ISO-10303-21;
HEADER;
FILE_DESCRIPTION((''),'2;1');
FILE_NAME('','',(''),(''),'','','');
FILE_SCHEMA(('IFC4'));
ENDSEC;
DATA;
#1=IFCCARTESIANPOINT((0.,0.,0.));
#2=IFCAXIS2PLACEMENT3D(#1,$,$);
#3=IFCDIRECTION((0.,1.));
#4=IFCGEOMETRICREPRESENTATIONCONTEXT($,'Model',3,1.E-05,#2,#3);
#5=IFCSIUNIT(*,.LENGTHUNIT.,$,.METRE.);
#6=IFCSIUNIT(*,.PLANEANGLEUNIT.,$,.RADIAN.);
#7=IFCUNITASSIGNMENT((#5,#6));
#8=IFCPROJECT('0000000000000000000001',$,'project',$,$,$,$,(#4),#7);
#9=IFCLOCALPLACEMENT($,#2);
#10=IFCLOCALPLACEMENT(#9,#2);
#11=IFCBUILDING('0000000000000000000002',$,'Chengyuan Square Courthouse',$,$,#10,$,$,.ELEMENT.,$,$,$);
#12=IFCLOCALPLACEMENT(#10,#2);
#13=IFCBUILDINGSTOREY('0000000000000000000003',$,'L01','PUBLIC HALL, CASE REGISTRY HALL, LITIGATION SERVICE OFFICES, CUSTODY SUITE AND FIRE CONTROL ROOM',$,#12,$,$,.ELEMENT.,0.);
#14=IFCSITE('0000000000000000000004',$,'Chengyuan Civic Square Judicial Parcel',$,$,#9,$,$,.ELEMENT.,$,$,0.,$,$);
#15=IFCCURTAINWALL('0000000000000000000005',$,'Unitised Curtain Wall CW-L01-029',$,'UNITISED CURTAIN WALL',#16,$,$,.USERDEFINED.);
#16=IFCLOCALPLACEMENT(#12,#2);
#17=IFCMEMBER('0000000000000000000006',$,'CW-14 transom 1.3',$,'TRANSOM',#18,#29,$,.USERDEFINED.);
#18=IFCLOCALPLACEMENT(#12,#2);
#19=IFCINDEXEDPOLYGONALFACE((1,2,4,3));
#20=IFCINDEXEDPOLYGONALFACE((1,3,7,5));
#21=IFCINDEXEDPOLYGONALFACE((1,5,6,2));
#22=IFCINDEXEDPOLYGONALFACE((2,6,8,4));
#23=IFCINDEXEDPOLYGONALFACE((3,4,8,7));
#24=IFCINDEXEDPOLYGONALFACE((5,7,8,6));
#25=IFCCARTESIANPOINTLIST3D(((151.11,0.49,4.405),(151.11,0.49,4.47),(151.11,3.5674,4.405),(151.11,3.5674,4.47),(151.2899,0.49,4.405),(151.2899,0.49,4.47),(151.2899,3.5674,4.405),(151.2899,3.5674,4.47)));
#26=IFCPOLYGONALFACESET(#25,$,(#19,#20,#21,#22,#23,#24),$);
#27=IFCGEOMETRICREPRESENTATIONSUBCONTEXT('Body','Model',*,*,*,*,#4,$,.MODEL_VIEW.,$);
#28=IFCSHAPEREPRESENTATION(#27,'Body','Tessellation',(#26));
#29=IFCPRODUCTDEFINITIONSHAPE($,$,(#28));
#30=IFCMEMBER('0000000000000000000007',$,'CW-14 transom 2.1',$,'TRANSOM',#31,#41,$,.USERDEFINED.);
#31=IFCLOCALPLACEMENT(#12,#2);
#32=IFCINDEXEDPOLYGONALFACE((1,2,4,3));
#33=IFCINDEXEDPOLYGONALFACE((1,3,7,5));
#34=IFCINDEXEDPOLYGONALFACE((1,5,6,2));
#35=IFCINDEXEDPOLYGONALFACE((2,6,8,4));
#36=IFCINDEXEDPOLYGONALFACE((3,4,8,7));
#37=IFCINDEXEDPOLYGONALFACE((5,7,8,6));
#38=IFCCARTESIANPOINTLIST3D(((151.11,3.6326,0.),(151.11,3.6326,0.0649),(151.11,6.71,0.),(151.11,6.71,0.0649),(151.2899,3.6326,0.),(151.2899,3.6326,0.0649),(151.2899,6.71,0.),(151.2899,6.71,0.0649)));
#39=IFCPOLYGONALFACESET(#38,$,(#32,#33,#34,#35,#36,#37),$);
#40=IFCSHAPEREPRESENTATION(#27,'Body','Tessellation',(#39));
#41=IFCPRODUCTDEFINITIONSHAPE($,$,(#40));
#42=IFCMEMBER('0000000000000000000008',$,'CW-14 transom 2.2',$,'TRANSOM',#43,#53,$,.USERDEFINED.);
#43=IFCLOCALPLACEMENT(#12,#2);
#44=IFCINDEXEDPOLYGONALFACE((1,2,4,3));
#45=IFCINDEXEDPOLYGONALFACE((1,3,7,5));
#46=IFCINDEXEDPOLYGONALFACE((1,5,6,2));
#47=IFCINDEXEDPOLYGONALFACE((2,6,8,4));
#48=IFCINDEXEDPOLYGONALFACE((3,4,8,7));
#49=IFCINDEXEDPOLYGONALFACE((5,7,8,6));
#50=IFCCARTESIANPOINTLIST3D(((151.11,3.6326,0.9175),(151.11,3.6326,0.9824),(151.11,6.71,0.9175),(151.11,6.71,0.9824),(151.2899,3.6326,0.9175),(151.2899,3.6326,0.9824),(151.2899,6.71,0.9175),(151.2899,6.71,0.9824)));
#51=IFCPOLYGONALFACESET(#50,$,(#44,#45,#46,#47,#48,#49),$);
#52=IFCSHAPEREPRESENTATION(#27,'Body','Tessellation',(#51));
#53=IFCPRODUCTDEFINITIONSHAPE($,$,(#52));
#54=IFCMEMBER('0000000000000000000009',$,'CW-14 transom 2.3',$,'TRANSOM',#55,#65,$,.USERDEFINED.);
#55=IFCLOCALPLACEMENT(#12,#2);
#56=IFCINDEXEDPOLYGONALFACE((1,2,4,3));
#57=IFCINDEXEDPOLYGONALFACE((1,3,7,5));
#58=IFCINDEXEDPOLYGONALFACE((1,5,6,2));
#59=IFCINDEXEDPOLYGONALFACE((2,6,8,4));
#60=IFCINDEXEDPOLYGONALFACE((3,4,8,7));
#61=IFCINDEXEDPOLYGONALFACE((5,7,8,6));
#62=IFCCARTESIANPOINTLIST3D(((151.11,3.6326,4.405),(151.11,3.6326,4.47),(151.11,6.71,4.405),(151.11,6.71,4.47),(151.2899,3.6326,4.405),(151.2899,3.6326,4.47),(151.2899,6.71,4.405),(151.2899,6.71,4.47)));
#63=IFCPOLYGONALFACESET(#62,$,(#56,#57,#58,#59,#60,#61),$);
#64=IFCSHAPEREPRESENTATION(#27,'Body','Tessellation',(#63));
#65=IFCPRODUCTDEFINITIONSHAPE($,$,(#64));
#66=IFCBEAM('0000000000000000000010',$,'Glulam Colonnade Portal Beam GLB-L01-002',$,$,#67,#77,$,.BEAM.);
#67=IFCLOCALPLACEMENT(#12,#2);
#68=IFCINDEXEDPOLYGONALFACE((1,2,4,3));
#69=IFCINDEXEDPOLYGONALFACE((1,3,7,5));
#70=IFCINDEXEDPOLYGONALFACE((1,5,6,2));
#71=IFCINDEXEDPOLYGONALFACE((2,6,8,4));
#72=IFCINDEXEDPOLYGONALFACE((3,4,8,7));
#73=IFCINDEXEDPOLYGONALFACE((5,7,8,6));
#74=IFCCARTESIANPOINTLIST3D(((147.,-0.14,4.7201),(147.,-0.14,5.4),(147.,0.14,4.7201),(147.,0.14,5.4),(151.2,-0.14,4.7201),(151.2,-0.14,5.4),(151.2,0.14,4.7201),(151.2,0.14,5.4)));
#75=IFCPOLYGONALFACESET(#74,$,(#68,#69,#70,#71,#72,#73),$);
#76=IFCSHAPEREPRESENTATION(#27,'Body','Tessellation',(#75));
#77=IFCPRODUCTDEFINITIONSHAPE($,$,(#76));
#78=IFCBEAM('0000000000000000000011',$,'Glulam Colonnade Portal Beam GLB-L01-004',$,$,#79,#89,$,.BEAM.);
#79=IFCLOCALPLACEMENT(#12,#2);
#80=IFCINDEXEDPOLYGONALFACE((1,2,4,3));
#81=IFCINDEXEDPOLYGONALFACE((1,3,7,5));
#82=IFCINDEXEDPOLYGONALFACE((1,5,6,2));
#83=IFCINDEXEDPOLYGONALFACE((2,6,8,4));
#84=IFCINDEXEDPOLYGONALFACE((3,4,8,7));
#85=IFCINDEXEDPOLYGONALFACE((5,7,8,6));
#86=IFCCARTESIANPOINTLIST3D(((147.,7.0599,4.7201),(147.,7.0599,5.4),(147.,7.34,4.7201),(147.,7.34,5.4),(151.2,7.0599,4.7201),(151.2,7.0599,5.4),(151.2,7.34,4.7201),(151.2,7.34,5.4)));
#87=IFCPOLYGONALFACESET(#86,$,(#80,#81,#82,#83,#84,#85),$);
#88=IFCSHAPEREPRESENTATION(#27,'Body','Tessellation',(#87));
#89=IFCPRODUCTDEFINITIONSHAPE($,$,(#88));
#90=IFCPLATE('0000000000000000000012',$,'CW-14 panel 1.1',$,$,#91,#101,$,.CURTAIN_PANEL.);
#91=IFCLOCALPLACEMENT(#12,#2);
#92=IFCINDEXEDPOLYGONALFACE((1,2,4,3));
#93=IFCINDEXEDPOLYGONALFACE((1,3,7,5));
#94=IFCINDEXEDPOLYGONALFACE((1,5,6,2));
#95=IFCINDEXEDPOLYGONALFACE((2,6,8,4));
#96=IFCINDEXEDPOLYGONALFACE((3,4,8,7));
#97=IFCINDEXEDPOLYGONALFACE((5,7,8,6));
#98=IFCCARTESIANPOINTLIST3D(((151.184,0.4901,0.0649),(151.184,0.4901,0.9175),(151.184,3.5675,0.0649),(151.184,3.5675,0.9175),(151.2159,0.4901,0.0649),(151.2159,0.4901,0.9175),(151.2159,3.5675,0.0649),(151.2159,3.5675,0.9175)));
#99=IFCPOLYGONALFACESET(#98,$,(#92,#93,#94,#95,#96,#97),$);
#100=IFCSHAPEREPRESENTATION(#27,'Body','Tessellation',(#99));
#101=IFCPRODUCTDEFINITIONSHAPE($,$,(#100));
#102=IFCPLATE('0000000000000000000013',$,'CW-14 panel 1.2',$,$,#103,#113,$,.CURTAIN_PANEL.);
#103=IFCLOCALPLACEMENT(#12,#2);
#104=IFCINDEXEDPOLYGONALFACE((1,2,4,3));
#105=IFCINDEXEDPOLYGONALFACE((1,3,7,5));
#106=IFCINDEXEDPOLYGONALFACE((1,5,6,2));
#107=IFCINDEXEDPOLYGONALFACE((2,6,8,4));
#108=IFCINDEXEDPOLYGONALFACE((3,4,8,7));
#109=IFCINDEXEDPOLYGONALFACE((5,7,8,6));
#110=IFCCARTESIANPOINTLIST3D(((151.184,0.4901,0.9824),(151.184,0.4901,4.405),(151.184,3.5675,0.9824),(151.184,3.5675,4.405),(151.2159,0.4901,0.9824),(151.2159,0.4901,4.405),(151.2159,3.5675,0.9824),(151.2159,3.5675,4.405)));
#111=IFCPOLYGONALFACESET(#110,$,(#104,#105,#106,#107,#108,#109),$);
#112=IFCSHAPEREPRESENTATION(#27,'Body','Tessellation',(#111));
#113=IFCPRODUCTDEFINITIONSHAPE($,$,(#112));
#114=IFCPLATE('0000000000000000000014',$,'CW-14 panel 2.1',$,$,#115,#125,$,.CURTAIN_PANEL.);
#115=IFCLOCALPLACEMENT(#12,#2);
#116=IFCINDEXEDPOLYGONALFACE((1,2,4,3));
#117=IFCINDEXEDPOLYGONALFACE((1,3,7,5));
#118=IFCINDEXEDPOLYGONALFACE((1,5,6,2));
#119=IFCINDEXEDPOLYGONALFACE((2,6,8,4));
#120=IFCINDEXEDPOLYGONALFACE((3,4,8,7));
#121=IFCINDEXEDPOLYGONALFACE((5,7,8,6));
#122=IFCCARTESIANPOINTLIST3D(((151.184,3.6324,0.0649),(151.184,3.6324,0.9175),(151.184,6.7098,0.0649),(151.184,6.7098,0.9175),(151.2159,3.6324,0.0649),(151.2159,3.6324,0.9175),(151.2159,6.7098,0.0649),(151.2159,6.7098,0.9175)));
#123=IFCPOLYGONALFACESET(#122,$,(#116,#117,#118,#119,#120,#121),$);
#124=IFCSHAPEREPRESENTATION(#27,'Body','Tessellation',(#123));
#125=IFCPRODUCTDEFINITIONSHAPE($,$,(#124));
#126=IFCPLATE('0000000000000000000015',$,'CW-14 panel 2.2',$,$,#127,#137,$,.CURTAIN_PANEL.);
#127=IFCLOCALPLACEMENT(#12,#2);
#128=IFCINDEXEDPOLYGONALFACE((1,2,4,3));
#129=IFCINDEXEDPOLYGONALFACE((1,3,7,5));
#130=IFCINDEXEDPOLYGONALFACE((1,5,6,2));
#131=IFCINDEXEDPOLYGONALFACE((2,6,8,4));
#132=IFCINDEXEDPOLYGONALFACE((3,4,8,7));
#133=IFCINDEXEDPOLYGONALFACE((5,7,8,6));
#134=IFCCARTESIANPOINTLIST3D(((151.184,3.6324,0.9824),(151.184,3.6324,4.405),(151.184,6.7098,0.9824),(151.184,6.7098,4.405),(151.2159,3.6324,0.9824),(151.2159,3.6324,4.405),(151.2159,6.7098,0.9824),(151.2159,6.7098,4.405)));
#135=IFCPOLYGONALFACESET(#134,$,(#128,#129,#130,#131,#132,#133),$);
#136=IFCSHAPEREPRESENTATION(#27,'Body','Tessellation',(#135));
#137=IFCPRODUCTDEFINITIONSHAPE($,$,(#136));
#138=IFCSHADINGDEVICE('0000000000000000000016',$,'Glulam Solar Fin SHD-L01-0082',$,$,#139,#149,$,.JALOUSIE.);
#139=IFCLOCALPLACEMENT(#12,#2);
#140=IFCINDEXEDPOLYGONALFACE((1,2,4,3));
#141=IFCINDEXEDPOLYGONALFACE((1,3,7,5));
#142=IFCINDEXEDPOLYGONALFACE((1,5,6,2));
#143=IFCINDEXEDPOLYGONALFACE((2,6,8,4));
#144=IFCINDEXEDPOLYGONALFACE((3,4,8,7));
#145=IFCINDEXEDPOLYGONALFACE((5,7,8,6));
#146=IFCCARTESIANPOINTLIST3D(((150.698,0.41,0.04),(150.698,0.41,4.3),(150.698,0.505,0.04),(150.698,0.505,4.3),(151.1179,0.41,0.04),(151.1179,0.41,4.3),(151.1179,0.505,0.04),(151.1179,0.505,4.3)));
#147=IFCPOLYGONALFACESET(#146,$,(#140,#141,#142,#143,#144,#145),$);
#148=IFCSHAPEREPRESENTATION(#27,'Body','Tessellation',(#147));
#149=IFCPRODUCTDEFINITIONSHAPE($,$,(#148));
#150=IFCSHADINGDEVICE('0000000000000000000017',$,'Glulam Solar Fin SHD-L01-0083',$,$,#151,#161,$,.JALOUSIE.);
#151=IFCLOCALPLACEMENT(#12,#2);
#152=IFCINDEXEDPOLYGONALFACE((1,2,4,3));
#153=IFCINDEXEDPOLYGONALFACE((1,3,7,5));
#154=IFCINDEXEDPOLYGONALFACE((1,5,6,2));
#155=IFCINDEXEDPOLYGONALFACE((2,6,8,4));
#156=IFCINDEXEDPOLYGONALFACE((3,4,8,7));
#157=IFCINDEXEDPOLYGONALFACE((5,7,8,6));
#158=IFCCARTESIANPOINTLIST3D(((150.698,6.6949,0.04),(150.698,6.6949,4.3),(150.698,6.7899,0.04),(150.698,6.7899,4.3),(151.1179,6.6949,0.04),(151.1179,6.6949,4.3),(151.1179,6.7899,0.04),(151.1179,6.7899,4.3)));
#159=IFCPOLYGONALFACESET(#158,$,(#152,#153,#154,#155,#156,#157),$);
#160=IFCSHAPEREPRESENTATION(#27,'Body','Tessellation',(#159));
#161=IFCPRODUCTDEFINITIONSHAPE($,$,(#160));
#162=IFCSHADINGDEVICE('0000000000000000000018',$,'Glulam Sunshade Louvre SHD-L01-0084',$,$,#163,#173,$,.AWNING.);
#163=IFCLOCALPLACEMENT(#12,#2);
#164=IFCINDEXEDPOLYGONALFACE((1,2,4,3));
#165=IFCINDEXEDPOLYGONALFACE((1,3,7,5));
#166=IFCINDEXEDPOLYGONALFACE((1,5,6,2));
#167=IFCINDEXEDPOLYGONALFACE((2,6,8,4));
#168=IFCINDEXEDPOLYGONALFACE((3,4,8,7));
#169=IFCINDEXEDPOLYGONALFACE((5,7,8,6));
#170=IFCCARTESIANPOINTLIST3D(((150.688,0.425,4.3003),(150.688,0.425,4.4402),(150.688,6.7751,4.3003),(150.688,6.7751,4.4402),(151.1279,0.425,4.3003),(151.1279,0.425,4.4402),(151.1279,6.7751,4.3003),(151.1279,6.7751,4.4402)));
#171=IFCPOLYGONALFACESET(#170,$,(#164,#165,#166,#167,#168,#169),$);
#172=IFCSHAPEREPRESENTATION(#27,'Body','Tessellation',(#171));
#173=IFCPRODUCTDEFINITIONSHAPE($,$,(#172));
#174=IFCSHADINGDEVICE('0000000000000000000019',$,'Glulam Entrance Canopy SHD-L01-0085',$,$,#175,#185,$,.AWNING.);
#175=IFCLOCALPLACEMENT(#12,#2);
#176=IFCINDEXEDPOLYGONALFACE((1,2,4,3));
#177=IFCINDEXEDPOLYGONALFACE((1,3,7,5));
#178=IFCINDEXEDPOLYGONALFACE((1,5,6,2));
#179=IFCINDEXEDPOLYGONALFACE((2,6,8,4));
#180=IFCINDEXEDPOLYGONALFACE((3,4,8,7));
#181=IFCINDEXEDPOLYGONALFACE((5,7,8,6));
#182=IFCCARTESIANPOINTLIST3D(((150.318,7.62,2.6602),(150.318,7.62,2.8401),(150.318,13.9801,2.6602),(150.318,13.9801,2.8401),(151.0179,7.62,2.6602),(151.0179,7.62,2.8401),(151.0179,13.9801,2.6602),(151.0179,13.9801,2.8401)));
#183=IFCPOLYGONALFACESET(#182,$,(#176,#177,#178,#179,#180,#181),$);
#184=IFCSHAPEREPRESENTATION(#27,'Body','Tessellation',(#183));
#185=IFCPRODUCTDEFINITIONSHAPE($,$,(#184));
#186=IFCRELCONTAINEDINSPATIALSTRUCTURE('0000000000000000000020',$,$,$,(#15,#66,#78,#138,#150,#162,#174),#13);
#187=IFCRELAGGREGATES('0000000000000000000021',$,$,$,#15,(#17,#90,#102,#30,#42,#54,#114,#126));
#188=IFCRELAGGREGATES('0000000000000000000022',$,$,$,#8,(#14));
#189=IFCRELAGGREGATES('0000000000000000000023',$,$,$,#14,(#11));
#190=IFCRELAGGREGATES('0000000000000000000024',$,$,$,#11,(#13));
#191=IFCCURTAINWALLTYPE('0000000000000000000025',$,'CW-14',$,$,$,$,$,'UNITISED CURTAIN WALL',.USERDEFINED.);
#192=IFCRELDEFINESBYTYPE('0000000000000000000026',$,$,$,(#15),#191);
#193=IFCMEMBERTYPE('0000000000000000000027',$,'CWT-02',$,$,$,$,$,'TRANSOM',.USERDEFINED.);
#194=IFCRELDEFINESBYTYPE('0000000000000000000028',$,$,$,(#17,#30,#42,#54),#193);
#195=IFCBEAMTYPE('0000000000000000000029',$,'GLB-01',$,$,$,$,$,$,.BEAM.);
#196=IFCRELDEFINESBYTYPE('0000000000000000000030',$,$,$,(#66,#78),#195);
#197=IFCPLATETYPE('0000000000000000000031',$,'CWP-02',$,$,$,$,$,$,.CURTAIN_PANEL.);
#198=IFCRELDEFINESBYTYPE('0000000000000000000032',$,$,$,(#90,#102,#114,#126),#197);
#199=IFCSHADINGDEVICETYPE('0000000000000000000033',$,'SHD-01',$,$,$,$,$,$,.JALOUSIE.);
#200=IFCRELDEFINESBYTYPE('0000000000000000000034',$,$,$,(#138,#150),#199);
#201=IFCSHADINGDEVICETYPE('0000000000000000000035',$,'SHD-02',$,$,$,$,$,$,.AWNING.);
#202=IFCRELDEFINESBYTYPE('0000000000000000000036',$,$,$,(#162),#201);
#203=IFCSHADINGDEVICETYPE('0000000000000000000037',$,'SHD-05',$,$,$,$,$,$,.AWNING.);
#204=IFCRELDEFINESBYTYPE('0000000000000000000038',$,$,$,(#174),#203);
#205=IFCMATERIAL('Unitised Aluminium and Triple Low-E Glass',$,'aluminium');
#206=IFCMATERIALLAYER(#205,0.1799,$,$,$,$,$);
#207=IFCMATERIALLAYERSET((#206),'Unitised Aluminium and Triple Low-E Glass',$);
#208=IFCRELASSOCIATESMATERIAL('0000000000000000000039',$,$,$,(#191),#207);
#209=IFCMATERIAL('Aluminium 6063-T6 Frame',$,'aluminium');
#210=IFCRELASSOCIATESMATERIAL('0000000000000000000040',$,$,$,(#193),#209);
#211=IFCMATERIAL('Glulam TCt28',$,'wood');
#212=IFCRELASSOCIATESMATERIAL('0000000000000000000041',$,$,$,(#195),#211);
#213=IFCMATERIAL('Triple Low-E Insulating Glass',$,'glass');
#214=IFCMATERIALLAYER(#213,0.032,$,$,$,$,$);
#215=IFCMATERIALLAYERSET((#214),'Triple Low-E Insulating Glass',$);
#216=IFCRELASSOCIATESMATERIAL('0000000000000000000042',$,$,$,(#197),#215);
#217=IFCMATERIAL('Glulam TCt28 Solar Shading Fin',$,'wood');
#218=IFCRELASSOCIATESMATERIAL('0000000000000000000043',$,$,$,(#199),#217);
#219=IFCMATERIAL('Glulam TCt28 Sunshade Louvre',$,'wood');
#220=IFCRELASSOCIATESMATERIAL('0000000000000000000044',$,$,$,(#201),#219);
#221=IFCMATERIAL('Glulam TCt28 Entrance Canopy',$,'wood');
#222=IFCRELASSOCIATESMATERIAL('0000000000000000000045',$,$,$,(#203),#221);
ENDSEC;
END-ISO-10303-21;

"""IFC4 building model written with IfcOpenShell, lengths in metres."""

from ifc_helpers import new_model, si_unit, direction, frame, origin, origin_2d, place, context, subcontext, project, spatial, rectangle, extrude, material, layer, layer_set, material_profile, profile_set, type_object, element, aggregate, save


model = new_model("IFC4")

# Units and contexts
model_context = context("Model", 3, precision=1e-05, world=origin(), true_north=direction((0.0, 1.0)))
body_context = subcontext(model_context, "Body", "Model", "MODEL_VIEW")
ifc_project = project(units=[si_unit("LENGTHUNIT", "METRE"), si_unit("PLANEANGLEUNIT", "RADIAN")], contexts=[model_context])

# Site, building, storey
site_placement = place(None, origin())
site = spatial("IfcSite", under=ifc_project, at=site_placement, Name="Chengyuan Civic Square Judicial Parcel", CompositionType="ELEMENT", RefElevation=0.0)
building_placement = place(site_placement, origin())
building = spatial("IfcBuilding", under=site, at=building_placement, Name="Chengyuan Square Courthouse", CompositionType="ELEMENT")
storey_placement = place(building_placement, origin())
storey = spatial("IfcBuildingStorey", under=building, at=storey_placement, Name="L01", Description="PUBLIC HALL, CASE REGISTRY HALL, LITIGATION SERVICE OFFICES, CUSTODY SUITE AND FIRE CONTROL ROOM", CompositionType="ELEMENT", Elevation=0.0)

# Shared definitions
ifc_material_1 = material(Name="Glulam TCt28", Category="wood")

# Curtain wall, members
ifc_material_2 = material(Name="Unitised Aluminium and Triple Low-E Glass", Category="aluminium")
ifc_layer_1 = layer(ifc_material_2, 0.1799)
ifc_layer_set_1 = layer_set([ifc_layer_1], Name="Unitised Aluminium and Triple Low-E Glass")
curtain_wall_type = type_object("IfcCurtainWallType", Name="CW-14", ElementType="UNITISED CURTAIN WALL", PredefinedType="USERDEFINED", material=ifc_layer_set_1)
curtain_wall_placement = place(storey_placement, origin())
curtain_wall = element("IfcCurtainWall", 1, at=curtain_wall_placement, inside=storey, type_object=curtain_wall_type, Name="Unitised Curtain Wall CW-L01-029", ObjectType="UNITISED CURTAIN WALL", PredefinedType="USERDEFINED")
ifc_material_3 = material(Name="Aluminium 6063-T6 Frame", Category="aluminium")
ifc_material_profile_1 = material_profile(ifc_material_3, rectangle(XDim=0.1799, YDim=0.0649, at=origin_2d()), Name="CW-TRN-65x140")
ifc_profile_set_1 = profile_set([ifc_material_profile_1], Name="Aluminium 6063-T6 Frame")
member_type_1 = type_object("IfcMemberType", Name="CWT-02", ElementType="TRANSOM", PredefinedType="USERDEFINED", material=ifc_profile_set_1)
member_1_placement = place(storey_placement, frame((151.2, 0.49, 4.4375), z_axis=(0.0, 1.0, 0.0), x_axis=(-1.0, 0.0, 0.0)))
member_1 = element("IfcMember", 2, at=member_1_placement, type_object=member_type_1, Name="CW-14 transom 1.3", ObjectType="TRANSOM", PredefinedType="USERDEFINED", context=body_context, shape_type="SweptSolid", body=[
    extrude(rectangle(XDim=0.1799, YDim=0.0649, at=origin_2d()), origin(), (0.0, 0.0, 1.0), 3.0774),
])
member_2_placement = place(storey_placement, frame((151.2, 3.6326, 0.0325), z_axis=(0.0, 1.0, 0.0), x_axis=(-1.0, 0.0, 0.0)))
member_2 = element("IfcMember", 3, at=member_2_placement, type_object=member_type_1, Name="CW-14 transom 2.1", ObjectType="TRANSOM", PredefinedType="USERDEFINED", context=body_context, shape_type="SweptSolid", body=[
    extrude(rectangle(XDim=0.1799, YDim=0.0649, at=origin_2d()), origin(), (0.0, 0.0, 1.0), 3.0774),
])
member_3_placement = place(storey_placement, frame((151.2, 3.6326, 0.95), z_axis=(0.0, 1.0, 0.0), x_axis=(-1.0, 0.0, 0.0)))
member_3 = element("IfcMember", 4, at=member_3_placement, type_object=member_type_1, Name="CW-14 transom 2.2", ObjectType="TRANSOM", PredefinedType="USERDEFINED", context=body_context, shape_type="SweptSolid", body=[
    extrude(rectangle(XDim=0.1799, YDim=0.0649, at=origin_2d()), origin(), (0.0, 0.0, 1.0), 3.0774),
])
member_4_placement = place(storey_placement, frame((151.2, 3.6326, 4.4375), z_axis=(0.0, 1.0, 0.0), x_axis=(-1.0, 0.0, 0.0)))
member_4 = element("IfcMember", 5, at=member_4_placement, type_object=member_type_1, Name="CW-14 transom 2.3", ObjectType="TRANSOM", PredefinedType="USERDEFINED", context=body_context, shape_type="SweptSolid", body=[
    extrude(rectangle(XDim=0.1799, YDim=0.0649, at=origin_2d()), origin(), (0.0, 0.0, 1.0), 3.0774),
])

# Beams
ifc_material_profile_2 = material_profile(ifc_material_1, rectangle(XDim=0.28, YDim=0.6799, at=origin_2d()), Name="GL-BM-280x680")
ifc_profile_set_2 = profile_set([ifc_material_profile_2], Name="Glulam TCt28")
beam_type_1 = type_object("IfcBeamType", Name="GLB-01", PredefinedType="BEAM", material=ifc_profile_set_2)
for number, where, z_axis, x_axis, name in (
    (6, (151.2, 0.0, 5.0601), (-1.0, 0.0, 0.0), (0.0, -1.0, 0.0), "Glulam Colonnade Portal Beam GLB-L01-002"),
    (7, (151.2, 7.2, 5.0601), (-1.0, 0.0, 0.0), (0.0, -1.0, 0.0), "Glulam Colonnade Portal Beam GLB-L01-004"),
):
    element("IfcBeam", number, at=place(storey_placement, frame(where, z_axis=z_axis, x_axis=x_axis)), inside=storey, type_object=beam_type_1, Name=name, PredefinedType="BEAM", context=body_context, shape_type="SweptSolid", body=[
        extrude(rectangle(XDim=0.28, YDim=0.6799, at=origin_2d()), origin(), (0.0, 0.0, 1.0), 4.2),
    ])

# Plates
ifc_material_4 = material(Name="Triple Low-E Insulating Glass", Category="glass")
ifc_layer_2 = layer(ifc_material_4, 0.032)
ifc_layer_set_2 = layer_set([ifc_layer_2], Name="Triple Low-E Insulating Glass")
plate_type = type_object("IfcPlateType", Name="CWP-02", PredefinedType="CURTAIN_PANEL", material=ifc_layer_set_2)
plate_1_placement = place(storey_placement, frame((151.2, 2.0288, 0.0649), z_axis=(0.0, 0.0, 1.0), x_axis=(0.0, 1.0, 0.0)))
plate_1 = element("IfcPlate", 8, at=plate_1_placement, type_object=plate_type, Name="CW-14 panel 1.1", PredefinedType="CURTAIN_PANEL", context=body_context, shape_type="SweptSolid", body=[
    extrude(rectangle(XDim=3.0774, YDim=0.032, at=origin_2d()), origin(), (0.0, 0.0, 1.0), 0.8525),
])
plate_2_placement = place(storey_placement, frame((151.2, 2.0288, 0.9824), z_axis=(0.0, 0.0, 1.0), x_axis=(0.0, 1.0, 0.0)))
plate_2 = element("IfcPlate", 9, at=plate_2_placement, type_object=plate_type, Name="CW-14 panel 1.2", PredefinedType="CURTAIN_PANEL", context=body_context, shape_type="SweptSolid", body=[
    extrude(rectangle(XDim=3.0774, YDim=0.032, at=origin_2d()), origin(), (0.0, 0.0, 1.0), 3.4226),
])
plate_3_placement = place(storey_placement, frame((151.2, 5.1711, 0.0649), z_axis=(0.0, 0.0, 1.0), x_axis=(0.0, 1.0, 0.0)))
plate_3 = element("IfcPlate", 10, at=plate_3_placement, type_object=plate_type, Name="CW-14 panel 2.1", PredefinedType="CURTAIN_PANEL", context=body_context, shape_type="SweptSolid", body=[
    extrude(rectangle(XDim=3.0774, YDim=0.032, at=origin_2d()), origin(), (0.0, 0.0, 1.0), 0.8525),
])
plate_4_placement = place(storey_placement, frame((151.2, 5.1711, 0.9824), z_axis=(0.0, 0.0, 1.0), x_axis=(0.0, 1.0, 0.0)))
plate_4 = element("IfcPlate", 11, at=plate_4_placement, type_object=plate_type, Name="CW-14 panel 2.2", PredefinedType="CURTAIN_PANEL", context=body_context, shape_type="SweptSolid", body=[
    extrude(rectangle(XDim=3.0774, YDim=0.032, at=origin_2d()), origin(), (0.0, 0.0, 1.0), 3.4226),
])
aggregate(curtain_wall, [member_1, plate_1, plate_2, member_2, member_3, member_4, plate_3, plate_4])

# Shading devices
ifc_material_5 = material(Name="Glulam TCt28 Solar Shading Fin", Category="wood")
shading_device_type_1 = type_object("IfcShadingDeviceType", Name="SHD-01", PredefinedType="JALOUSIE", material=ifc_material_5)
for number, where, z_axis, x_axis, name in (
    (12, (150.908, 0.4575, 0.04), (0.0, 0.0, 1.0), (1.0, 0.0, 0.0), "Glulam Solar Fin SHD-L01-0082"),
    (13, (150.908, 6.7424, 0.04), (0.0, 0.0, 1.0), (1.0, 0.0, 0.0), "Glulam Solar Fin SHD-L01-0083"),
):
    element("IfcShadingDevice", number, at=place(storey_placement, frame(where, z_axis=z_axis, x_axis=x_axis)), inside=storey, type_object=shading_device_type_1, Name=name, PredefinedType="JALOUSIE", context=body_context, shape_type="SweptSolid", body=[
        extrude(rectangle(XDim=0.4199, YDim=0.095, at=origin_2d()), origin(), (0.0, 0.0, 1.0), 4.26),
    ])
ifc_material_6 = material(Name="Glulam TCt28 Sunshade Louvre", Category="wood")
shading_device_type_2 = type_object("IfcShadingDeviceType", Name="SHD-02", PredefinedType="AWNING", material=ifc_material_6)
shading_device_1_placement = place(storey_placement, frame((150.908, 3.6001, 4.3003), z_axis=(0.0, 0.0, 1.0), x_axis=(0.0, 1.0, 0.0)))
element("IfcShadingDevice", 14, at=shading_device_1_placement, inside=storey, type_object=shading_device_type_2, Name="Glulam Sunshade Louvre SHD-L01-0084", PredefinedType="AWNING", context=body_context, shape_type="SweptSolid", body=[
    extrude(rectangle(XDim=6.3501, YDim=0.4399, at=origin_2d()), origin(), (0.0, 0.0, 1.0), 0.1399),
])
ifc_material_7 = material(Name="Glulam TCt28 Entrance Canopy", Category="wood")
shading_device_type_3 = type_object("IfcShadingDeviceType", Name="SHD-05", PredefinedType="AWNING", material=ifc_material_7)
shading_device_2_placement = place(storey_placement, frame((150.668, 10.8, 2.6602), z_axis=(0.0, 0.0, 1.0), x_axis=(0.0, 1.0, 0.0)))
element("IfcShadingDevice", 15, at=shading_device_2_placement, inside=storey, type_object=shading_device_type_3, Name="Glulam Entrance Canopy SHD-L01-0085", PredefinedType="AWNING", context=body_context, shape_type="SweptSolid", body=[
    extrude(rectangle(XDim=6.3601, YDim=0.7, at=origin_2d()), origin(), (0.0, 0.0, 1.0), 0.1799),
])

save(model, "model.ifc")
